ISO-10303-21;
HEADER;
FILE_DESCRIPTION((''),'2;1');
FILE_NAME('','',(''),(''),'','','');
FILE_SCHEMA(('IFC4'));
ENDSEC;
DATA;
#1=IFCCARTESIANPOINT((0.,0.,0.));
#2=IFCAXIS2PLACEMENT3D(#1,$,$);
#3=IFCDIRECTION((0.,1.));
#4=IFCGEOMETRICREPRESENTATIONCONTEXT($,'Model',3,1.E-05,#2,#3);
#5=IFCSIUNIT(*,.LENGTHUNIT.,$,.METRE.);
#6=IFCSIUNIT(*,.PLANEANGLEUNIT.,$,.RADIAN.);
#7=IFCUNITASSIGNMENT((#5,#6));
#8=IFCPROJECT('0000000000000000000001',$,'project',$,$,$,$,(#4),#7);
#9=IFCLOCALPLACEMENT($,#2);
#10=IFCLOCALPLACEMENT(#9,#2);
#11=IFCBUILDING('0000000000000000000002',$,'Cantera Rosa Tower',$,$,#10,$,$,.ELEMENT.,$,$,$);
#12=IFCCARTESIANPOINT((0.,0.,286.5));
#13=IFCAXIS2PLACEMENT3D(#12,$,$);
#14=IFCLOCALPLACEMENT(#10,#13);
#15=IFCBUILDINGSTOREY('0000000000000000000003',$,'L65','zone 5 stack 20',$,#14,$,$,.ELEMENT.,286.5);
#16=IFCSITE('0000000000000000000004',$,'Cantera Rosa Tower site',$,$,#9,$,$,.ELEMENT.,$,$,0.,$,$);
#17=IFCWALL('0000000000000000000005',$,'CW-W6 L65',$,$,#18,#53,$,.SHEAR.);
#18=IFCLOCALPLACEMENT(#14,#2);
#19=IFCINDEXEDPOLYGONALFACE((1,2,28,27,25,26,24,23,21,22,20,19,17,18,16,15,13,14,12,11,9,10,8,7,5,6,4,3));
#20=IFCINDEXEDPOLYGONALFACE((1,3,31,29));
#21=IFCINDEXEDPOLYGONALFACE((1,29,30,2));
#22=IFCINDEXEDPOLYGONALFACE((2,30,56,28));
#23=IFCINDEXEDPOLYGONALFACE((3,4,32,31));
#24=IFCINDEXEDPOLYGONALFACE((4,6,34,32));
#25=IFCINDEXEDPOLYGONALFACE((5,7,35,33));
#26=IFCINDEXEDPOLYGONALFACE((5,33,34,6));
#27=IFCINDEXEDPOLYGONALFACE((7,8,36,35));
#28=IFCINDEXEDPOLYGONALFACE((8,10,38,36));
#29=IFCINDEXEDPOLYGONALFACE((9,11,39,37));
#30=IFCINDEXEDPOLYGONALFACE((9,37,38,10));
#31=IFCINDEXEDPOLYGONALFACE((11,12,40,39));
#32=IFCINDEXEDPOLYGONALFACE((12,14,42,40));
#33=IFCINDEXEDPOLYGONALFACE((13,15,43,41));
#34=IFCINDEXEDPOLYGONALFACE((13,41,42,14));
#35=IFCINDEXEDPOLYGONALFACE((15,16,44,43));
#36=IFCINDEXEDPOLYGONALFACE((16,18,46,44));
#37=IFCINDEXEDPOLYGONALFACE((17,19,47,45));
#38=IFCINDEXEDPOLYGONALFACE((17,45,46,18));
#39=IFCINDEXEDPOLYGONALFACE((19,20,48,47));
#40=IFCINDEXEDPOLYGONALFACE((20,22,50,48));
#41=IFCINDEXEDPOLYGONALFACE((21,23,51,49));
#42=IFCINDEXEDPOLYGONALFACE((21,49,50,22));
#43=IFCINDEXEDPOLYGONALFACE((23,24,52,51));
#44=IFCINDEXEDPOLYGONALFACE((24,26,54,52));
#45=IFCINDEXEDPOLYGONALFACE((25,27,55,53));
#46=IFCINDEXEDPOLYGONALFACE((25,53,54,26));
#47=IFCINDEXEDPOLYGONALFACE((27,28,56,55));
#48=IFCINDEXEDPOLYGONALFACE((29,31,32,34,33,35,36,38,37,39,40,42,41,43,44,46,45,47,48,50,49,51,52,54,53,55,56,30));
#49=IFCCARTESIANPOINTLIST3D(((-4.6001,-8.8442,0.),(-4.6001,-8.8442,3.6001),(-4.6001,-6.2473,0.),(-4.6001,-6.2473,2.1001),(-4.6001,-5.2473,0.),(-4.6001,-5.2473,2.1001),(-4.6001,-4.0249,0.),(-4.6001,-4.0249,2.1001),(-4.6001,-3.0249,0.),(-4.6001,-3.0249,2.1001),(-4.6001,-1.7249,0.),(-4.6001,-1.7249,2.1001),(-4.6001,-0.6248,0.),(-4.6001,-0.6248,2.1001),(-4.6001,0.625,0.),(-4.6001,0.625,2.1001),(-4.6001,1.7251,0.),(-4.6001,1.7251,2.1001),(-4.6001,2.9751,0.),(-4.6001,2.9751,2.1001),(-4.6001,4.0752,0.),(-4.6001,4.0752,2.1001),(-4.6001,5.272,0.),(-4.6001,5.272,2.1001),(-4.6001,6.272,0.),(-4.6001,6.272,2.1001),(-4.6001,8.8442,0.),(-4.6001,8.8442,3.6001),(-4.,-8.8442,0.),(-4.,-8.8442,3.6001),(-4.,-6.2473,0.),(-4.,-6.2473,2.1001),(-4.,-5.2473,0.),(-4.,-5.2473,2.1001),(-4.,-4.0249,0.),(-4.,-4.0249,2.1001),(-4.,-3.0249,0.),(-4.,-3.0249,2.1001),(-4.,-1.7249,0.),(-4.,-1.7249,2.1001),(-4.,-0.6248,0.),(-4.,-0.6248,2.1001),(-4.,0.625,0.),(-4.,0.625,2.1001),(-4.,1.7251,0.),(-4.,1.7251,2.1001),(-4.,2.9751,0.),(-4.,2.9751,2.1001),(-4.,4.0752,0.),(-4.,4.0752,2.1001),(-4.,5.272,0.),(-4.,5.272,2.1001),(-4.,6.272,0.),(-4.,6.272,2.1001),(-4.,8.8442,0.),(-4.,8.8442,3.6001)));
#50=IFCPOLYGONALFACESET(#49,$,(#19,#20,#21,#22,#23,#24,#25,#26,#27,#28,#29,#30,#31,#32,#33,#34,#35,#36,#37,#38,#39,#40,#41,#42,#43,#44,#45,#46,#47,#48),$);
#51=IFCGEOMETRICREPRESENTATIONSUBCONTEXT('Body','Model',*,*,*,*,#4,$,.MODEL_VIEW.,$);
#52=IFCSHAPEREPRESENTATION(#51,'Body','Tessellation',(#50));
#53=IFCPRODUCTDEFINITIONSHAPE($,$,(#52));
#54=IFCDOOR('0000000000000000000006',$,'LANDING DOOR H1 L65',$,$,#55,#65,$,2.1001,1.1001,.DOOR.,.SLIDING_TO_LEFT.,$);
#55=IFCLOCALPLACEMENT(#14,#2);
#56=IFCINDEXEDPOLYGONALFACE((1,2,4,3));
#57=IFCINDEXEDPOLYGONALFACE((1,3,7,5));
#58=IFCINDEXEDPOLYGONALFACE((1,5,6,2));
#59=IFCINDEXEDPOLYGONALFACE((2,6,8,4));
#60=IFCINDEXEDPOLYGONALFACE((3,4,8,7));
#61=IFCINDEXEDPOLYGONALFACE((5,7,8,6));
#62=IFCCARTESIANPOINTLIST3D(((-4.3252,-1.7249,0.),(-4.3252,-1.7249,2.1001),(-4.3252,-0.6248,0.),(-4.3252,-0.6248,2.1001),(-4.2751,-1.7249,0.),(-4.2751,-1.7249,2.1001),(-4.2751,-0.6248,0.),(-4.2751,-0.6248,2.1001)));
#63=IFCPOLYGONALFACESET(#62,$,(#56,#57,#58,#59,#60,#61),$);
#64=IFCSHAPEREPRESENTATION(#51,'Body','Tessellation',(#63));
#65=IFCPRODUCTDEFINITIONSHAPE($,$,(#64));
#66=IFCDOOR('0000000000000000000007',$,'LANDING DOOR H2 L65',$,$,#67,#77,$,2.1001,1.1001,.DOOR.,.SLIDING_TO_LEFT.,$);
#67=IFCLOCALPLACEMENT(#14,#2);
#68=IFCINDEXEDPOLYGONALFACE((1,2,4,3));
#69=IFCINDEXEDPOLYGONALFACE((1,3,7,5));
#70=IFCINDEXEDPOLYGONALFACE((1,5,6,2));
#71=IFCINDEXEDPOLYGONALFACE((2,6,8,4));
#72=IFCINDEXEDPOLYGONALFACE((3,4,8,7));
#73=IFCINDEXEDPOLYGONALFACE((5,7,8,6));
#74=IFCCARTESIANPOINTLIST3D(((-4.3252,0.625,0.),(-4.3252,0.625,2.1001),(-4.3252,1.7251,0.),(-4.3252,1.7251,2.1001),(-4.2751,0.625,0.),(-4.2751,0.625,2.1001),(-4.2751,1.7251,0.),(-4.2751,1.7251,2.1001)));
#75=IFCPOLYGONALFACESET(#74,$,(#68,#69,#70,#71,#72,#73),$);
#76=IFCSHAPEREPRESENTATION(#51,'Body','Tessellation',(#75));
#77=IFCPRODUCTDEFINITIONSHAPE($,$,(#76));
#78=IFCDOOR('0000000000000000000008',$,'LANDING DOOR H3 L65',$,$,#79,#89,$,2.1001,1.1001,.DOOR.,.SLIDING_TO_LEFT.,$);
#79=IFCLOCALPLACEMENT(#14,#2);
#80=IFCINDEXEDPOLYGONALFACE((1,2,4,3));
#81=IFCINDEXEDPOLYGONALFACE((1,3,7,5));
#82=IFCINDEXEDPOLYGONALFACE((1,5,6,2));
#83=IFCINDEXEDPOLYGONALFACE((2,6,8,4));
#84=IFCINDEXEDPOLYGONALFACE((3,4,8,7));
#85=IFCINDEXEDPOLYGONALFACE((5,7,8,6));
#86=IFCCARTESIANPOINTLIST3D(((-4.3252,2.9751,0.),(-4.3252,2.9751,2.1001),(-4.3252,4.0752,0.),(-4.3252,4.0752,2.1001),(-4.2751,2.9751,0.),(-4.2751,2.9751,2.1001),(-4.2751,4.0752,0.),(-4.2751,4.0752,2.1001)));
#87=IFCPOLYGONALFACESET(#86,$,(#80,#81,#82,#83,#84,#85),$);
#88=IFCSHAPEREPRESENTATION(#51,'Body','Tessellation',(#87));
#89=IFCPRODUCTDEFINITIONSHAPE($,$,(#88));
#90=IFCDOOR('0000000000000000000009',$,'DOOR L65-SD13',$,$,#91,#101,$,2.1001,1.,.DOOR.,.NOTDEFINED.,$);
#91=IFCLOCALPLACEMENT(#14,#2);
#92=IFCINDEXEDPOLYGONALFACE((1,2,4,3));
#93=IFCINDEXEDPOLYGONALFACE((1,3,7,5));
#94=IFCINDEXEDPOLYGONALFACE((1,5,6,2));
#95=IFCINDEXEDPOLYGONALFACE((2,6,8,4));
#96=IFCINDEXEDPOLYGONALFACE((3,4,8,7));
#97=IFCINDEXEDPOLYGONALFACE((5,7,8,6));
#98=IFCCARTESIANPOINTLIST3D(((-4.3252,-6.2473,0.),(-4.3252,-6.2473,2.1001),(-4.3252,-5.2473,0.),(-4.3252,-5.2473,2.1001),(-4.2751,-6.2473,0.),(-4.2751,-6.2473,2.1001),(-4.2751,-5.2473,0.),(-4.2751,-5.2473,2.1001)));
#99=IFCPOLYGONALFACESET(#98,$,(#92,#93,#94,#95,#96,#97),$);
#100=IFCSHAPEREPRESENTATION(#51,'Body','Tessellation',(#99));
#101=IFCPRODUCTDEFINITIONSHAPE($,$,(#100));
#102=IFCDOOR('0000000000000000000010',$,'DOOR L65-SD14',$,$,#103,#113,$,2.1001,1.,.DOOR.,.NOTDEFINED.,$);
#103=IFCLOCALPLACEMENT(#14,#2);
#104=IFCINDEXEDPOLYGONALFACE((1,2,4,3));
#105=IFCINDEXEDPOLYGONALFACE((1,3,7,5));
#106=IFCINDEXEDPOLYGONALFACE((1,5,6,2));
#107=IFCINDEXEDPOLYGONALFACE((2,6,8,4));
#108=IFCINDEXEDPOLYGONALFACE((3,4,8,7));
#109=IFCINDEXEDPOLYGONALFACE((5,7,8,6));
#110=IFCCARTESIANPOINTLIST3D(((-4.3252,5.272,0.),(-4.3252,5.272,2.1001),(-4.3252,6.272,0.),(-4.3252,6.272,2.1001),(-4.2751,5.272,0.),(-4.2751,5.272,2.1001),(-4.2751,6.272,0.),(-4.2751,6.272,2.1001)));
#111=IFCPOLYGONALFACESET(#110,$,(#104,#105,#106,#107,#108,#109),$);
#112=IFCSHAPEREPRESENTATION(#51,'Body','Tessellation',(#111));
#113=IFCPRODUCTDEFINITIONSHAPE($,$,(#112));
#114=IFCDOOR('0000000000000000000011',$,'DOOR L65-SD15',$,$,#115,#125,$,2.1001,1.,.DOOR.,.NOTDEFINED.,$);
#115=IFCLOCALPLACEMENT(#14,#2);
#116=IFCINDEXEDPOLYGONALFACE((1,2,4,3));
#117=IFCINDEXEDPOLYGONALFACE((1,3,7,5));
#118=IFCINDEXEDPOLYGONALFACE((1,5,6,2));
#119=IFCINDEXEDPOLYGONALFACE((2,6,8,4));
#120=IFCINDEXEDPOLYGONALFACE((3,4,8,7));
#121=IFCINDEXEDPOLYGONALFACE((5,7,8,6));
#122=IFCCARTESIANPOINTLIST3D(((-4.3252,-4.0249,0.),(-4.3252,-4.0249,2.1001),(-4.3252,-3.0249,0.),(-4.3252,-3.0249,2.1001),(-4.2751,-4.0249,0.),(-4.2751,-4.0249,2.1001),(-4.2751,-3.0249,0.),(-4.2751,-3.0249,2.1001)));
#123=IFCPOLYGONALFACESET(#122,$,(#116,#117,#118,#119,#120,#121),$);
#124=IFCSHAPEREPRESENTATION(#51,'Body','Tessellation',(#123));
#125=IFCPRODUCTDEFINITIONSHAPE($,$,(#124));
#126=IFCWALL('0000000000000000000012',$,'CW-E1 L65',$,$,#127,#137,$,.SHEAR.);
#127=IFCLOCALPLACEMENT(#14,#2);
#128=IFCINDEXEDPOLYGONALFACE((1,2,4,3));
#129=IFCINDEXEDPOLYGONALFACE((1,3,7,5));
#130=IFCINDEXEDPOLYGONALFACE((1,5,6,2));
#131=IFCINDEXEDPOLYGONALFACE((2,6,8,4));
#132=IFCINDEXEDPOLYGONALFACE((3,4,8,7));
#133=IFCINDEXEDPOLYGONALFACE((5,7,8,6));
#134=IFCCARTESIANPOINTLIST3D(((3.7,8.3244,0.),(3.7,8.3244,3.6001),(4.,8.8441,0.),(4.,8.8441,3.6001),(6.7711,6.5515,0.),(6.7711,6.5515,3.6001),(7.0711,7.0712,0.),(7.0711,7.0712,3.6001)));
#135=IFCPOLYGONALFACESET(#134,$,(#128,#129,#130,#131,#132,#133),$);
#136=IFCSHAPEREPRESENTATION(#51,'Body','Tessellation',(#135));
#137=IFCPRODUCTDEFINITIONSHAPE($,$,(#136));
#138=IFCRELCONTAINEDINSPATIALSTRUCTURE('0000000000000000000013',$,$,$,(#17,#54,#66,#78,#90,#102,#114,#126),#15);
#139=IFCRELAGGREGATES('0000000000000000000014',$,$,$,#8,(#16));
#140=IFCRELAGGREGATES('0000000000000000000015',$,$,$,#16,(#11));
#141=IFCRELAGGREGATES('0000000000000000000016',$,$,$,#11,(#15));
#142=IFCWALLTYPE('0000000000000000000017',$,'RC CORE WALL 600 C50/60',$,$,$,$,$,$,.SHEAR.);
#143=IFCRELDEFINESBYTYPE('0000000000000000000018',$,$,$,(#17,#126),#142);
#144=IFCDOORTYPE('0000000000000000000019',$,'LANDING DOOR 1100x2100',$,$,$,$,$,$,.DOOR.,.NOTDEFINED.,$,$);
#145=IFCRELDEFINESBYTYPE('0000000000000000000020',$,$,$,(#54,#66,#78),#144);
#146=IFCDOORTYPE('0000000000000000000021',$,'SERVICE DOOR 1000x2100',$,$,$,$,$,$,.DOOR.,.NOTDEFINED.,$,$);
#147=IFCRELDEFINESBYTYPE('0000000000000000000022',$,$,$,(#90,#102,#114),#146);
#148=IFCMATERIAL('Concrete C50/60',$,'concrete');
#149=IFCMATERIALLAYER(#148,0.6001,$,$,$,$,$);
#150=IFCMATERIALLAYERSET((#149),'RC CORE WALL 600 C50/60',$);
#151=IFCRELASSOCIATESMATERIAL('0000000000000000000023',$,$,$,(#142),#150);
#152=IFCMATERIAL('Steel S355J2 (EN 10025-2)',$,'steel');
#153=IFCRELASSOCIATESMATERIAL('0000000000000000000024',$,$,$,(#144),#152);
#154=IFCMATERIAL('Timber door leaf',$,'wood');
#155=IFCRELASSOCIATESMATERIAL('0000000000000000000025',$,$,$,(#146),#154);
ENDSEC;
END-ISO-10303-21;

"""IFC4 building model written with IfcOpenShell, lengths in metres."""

from ifc_helpers import new_model, si_unit, direction, frame, frame_2d, origin, place, context, subcontext, project, spatial, rectangle, extrude, material, layer, layer_set, type_object, element, fill, save


model = new_model("IFC4")

# Units and contexts
model_context = context("Model", 3, precision=1e-05, world=origin(), true_north=direction((0.0, 1.0)))
body_context = subcontext(model_context, "Body", "Model", "MODEL_VIEW")
ifc_project = project(units=[si_unit("LENGTHUNIT", "METRE"), si_unit("PLANEANGLEUNIT", "RADIAN")], contexts=[model_context])

# Site, building, storey
site_placement = place(None, origin())
site = spatial("IfcSite", under=ifc_project, at=site_placement, Name="Cantera Rosa Tower site", CompositionType="ELEMENT", RefElevation=0.0)
building_placement = place(site_placement, origin())
building = spatial("IfcBuilding", under=site, at=building_placement, Name="Cantera Rosa Tower", CompositionType="ELEMENT")
storey_placement = place(building_placement, frame((0.0, 0.0, 286.5)))
storey = spatial("IfcBuildingStorey", under=building, at=storey_placement, Name="L65", Description="zone 5 stack 20", CompositionType="ELEMENT", Elevation=286.5)

# Wall, openings, doors
ifc_material_1 = material(Name="Concrete C50/60", Category="concrete")
ifc_layer_1 = layer(ifc_material_1, 0.6001)
ifc_layer_set_1 = layer_set([ifc_layer_1], Name="RC CORE WALL 600 C50/60")
wall_type_1 = type_object("IfcWallType", Name="RC CORE WALL 600 C50/60", PredefinedType="SHEAR", material=ifc_layer_set_1)
wall_1_placement = place(storey_placement, frame((-4.3, 8.8442, 0.0), z_axis=(0.0, 0.0, 1.0), x_axis=(0.0, -1.0, 0.0)))
wall_1 = element("IfcWall", 1, at=wall_1_placement, inside=storey, type_object=wall_type_1, Name="CW-W6 L65", PredefinedType="SHEAR", context=body_context, shape_type="SweptSolid", body=[
    extrude(rectangle(XDim=17.6885, YDim=0.6001, at=frame_2d((8.8442, 0.0))), origin(), (0.0, 0.0, 1.0), 3.6001),
])
opening_1_placement = place(wall_1_placement, frame((9.469, 0.0, 0.0)))
opening_1 = element("IfcOpeningElement", 2, at=opening_1_placement, cuts=wall_1, PredefinedType="OPENING", context=body_context, shape_type="SweptSolid", body=[
    extrude(rectangle(XDim=1.1001, YDim=2.1001, at=frame_2d((0.55, 1.05))), frame((0.0, 0.3101, 0.0), z_axis=(0.0, -1.0, 0.0), x_axis=(1.0, 0.0, 0.0)), (0.0, 0.0, 1.0), 0.6201),
])
opening_2_placement = place(wall_1_placement, frame((7.1191, 0.0, 0.0)))
opening_2 = element("IfcOpeningElement", 3, at=opening_2_placement, cuts=wall_1, PredefinedType="OPENING", context=body_context, shape_type="SweptSolid", body=[
    extrude(rectangle(XDim=1.1001, YDim=2.1001, at=frame_2d((0.55, 1.05))), frame((0.0, 0.3101, 0.0), z_axis=(0.0, -1.0, 0.0), x_axis=(1.0, 0.0, 0.0)), (0.0, 0.0, 1.0), 0.6201),
])
opening_3_placement = place(wall_1_placement, frame((4.769, 0.0, 0.0)))
opening_3 = element("IfcOpeningElement", 4, at=opening_3_placement, cuts=wall_1, PredefinedType="OPENING", context=body_context, shape_type="SweptSolid", body=[
    extrude(rectangle(XDim=1.1001, YDim=2.1001, at=frame_2d((0.55, 1.05))), frame((0.0, 0.3101, 0.0), z_axis=(0.0, -1.0, 0.0), x_axis=(1.0, 0.0, 0.0)), (0.0, 0.0, 1.0), 0.6201),
])
opening_4_placement = place(wall_1_placement, frame((14.0916, 0.0, 0.0)))
opening_4 = element("IfcOpeningElement", 5, at=opening_4_placement, cuts=wall_1, PredefinedType="OPENING", context=body_context, shape_type="SweptSolid", body=[
    extrude(rectangle(XDim=1.0, YDim=2.1001, at=frame_2d((0.5, 1.05))), frame((0.0, 0.3101, 0.0), z_axis=(0.0, -1.0, 0.0), x_axis=(1.0, 0.0, 0.0)), (0.0, 0.0, 1.0), 0.6201),
])
opening_5_placement = place(wall_1_placement, frame((2.5723, 0.0, 0.0)))
opening_5 = element("IfcOpeningElement", 6, at=opening_5_placement, cuts=wall_1, PredefinedType="OPENING", context=body_context, shape_type="SweptSolid", body=[
    extrude(rectangle(XDim=1.0, YDim=2.1001, at=frame_2d((0.5, 1.05))), frame((0.0, 0.3101, 0.0), z_axis=(0.0, -1.0, 0.0), x_axis=(1.0, 0.0, 0.0)), (0.0, 0.0, 1.0), 0.6201),
])
opening_6_placement = place(wall_1_placement, frame((11.8691, 0.0, 0.0)))
opening_6 = element("IfcOpeningElement", 7, at=opening_6_placement, cuts=wall_1, PredefinedType="OPENING", context=body_context, shape_type="SweptSolid", body=[
    extrude(rectangle(XDim=1.0, YDim=2.1001, at=frame_2d((0.5, 1.05))), frame((0.0, 0.3101, 0.0), z_axis=(0.0, -1.0, 0.0), x_axis=(1.0, 0.0, 0.0)), (0.0, 0.0, 1.0), 0.6201),
])
ifc_material_2 = material(Name="Steel S355J2 (EN 10025-2)", Category="steel")
door_type_1 = type_object("IfcDoorType", Name="LANDING DOOR 1100x2100", OperationType="NOTDEFINED", PredefinedType="DOOR", material=ifc_material_2)
door_1_placement = place(opening_1_placement, origin())
door_1 = element("IfcDoor", 8, at=door_1_placement, inside=storey, type_object=door_type_1, Name="LANDING DOOR H1 L65", OperationType="SLIDING_TO_LEFT", OverallHeight=2.1001, OverallWidth=1.1001, PredefinedType="DOOR", context=body_context, shape_type="SweptSolid", body=[
    extrude(rectangle(XDim=1.1001, YDim=2.1001, at=frame_2d((0.55, 1.05))), frame((0.0, 0.0249, 0.0), z_axis=(0.0, -1.0, 0.0), x_axis=(1.0, 0.0, 0.0)), (0.0, 0.0, 1.0), 0.05),
])
fill(opening_1, door_1)
door_2_placement = place(opening_2_placement, origin())
door_2 = element("IfcDoor", 9, at=door_2_placement, inside=storey, type_object=door_type_1, Name="LANDING DOOR H2 L65", OperationType="SLIDING_TO_LEFT", OverallHeight=2.1001, OverallWidth=1.1001, PredefinedType="DOOR", context=body_context, shape_type="SweptSolid", body=[
    extrude(rectangle(XDim=1.1001, YDim=2.1001, at=frame_2d((0.55, 1.05))), frame((0.0, 0.0249, 0.0), z_axis=(0.0, -1.0, 0.0), x_axis=(1.0, 0.0, 0.0)), (0.0, 0.0, 1.0), 0.05),
])
fill(opening_2, door_2)
door_3_placement = place(opening_3_placement, origin())
door_3 = element("IfcDoor", 10, at=door_3_placement, inside=storey, type_object=door_type_1, Name="LANDING DOOR H3 L65", OperationType="SLIDING_TO_LEFT", OverallHeight=2.1001, OverallWidth=1.1001, PredefinedType="DOOR", context=body_context, shape_type="SweptSolid", body=[
    extrude(rectangle(XDim=1.1001, YDim=2.1001, at=frame_2d((0.55, 1.05))), frame((0.0, 0.0249, 0.0), z_axis=(0.0, -1.0, 0.0), x_axis=(1.0, 0.0, 0.0)), (0.0, 0.0, 1.0), 0.05),
])
fill(opening_3, door_3)
ifc_material_3 = material(Name="Timber door leaf", Category="wood")
door_type_2 = type_object("IfcDoorType", Name="SERVICE DOOR 1000x2100", OperationType="NOTDEFINED", PredefinedType="DOOR", material=ifc_material_3)
door_4_placement = place(opening_4_placement, origin())
door_4 = element("IfcDoor", 11, at=door_4_placement, inside=storey, type_object=door_type_2, Name="DOOR L65-SD13", OperationType="NOTDEFINED", OverallHeight=2.1001, OverallWidth=1.0, PredefinedType="DOOR", context=body_context, shape_type="SweptSolid", body=[
    extrude(rectangle(XDim=1.0, YDim=2.1001, at=frame_2d((0.5, 1.05))), frame((0.0, 0.0249, 0.0), z_axis=(0.0, -1.0, 0.0), x_axis=(1.0, 0.0, 0.0)), (0.0, 0.0, 1.0), 0.05),
])
fill(opening_4, door_4)
door_5_placement = place(opening_5_placement, origin())
door_5 = element("IfcDoor", 12, at=door_5_placement, inside=storey, type_object=door_type_2, Name="DOOR L65-SD14", OperationType="NOTDEFINED", OverallHeight=2.1001, OverallWidth=1.0, PredefinedType="DOOR", context=body_context, shape_type="SweptSolid", body=[
    extrude(rectangle(XDim=1.0, YDim=2.1001, at=frame_2d((0.5, 1.05))), frame((0.0, 0.0249, 0.0), z_axis=(0.0, -1.0, 0.0), x_axis=(1.0, 0.0, 0.0)), (0.0, 0.0, 1.0), 0.05),
])
fill(opening_5, door_5)
door_6_placement = place(opening_6_placement, origin())
door_6 = element("IfcDoor", 13, at=door_6_placement, inside=storey, type_object=door_type_2, Name="DOOR L65-SD15", OperationType="NOTDEFINED", OverallHeight=2.1001, OverallWidth=1.0, PredefinedType="DOOR", context=body_context, shape_type="SweptSolid", body=[
    extrude(rectangle(XDim=1.0, YDim=2.1001, at=frame_2d((0.5, 1.05))), frame((0.0, 0.0249, 0.0), z_axis=(0.0, -1.0, 0.0), x_axis=(1.0, 0.0, 0.0)), (0.0, 0.0, 1.0), 0.05),
])
fill(opening_6, door_6)

# Wall
wall_2_placement = place(storey_placement, frame((3.8501, 8.5842, 0.0), z_axis=(0.0, 0.0, 1.0), x_axis=(0.86604, -0.499975, 0.0)))
element("IfcWall", 14, at=wall_2_placement, inside=storey, type_object=wall_type_1, Name="CW-E1 L65", PredefinedType="SHEAR", context=body_context, shape_type="SweptSolid", body=[
    extrude(rectangle(XDim=3.5461, YDim=0.6001, at=frame_2d((1.7729, 0.0))), origin(), (0.0, 0.0, 1.0), 3.6001),
])

save(model, "model.ifc")
